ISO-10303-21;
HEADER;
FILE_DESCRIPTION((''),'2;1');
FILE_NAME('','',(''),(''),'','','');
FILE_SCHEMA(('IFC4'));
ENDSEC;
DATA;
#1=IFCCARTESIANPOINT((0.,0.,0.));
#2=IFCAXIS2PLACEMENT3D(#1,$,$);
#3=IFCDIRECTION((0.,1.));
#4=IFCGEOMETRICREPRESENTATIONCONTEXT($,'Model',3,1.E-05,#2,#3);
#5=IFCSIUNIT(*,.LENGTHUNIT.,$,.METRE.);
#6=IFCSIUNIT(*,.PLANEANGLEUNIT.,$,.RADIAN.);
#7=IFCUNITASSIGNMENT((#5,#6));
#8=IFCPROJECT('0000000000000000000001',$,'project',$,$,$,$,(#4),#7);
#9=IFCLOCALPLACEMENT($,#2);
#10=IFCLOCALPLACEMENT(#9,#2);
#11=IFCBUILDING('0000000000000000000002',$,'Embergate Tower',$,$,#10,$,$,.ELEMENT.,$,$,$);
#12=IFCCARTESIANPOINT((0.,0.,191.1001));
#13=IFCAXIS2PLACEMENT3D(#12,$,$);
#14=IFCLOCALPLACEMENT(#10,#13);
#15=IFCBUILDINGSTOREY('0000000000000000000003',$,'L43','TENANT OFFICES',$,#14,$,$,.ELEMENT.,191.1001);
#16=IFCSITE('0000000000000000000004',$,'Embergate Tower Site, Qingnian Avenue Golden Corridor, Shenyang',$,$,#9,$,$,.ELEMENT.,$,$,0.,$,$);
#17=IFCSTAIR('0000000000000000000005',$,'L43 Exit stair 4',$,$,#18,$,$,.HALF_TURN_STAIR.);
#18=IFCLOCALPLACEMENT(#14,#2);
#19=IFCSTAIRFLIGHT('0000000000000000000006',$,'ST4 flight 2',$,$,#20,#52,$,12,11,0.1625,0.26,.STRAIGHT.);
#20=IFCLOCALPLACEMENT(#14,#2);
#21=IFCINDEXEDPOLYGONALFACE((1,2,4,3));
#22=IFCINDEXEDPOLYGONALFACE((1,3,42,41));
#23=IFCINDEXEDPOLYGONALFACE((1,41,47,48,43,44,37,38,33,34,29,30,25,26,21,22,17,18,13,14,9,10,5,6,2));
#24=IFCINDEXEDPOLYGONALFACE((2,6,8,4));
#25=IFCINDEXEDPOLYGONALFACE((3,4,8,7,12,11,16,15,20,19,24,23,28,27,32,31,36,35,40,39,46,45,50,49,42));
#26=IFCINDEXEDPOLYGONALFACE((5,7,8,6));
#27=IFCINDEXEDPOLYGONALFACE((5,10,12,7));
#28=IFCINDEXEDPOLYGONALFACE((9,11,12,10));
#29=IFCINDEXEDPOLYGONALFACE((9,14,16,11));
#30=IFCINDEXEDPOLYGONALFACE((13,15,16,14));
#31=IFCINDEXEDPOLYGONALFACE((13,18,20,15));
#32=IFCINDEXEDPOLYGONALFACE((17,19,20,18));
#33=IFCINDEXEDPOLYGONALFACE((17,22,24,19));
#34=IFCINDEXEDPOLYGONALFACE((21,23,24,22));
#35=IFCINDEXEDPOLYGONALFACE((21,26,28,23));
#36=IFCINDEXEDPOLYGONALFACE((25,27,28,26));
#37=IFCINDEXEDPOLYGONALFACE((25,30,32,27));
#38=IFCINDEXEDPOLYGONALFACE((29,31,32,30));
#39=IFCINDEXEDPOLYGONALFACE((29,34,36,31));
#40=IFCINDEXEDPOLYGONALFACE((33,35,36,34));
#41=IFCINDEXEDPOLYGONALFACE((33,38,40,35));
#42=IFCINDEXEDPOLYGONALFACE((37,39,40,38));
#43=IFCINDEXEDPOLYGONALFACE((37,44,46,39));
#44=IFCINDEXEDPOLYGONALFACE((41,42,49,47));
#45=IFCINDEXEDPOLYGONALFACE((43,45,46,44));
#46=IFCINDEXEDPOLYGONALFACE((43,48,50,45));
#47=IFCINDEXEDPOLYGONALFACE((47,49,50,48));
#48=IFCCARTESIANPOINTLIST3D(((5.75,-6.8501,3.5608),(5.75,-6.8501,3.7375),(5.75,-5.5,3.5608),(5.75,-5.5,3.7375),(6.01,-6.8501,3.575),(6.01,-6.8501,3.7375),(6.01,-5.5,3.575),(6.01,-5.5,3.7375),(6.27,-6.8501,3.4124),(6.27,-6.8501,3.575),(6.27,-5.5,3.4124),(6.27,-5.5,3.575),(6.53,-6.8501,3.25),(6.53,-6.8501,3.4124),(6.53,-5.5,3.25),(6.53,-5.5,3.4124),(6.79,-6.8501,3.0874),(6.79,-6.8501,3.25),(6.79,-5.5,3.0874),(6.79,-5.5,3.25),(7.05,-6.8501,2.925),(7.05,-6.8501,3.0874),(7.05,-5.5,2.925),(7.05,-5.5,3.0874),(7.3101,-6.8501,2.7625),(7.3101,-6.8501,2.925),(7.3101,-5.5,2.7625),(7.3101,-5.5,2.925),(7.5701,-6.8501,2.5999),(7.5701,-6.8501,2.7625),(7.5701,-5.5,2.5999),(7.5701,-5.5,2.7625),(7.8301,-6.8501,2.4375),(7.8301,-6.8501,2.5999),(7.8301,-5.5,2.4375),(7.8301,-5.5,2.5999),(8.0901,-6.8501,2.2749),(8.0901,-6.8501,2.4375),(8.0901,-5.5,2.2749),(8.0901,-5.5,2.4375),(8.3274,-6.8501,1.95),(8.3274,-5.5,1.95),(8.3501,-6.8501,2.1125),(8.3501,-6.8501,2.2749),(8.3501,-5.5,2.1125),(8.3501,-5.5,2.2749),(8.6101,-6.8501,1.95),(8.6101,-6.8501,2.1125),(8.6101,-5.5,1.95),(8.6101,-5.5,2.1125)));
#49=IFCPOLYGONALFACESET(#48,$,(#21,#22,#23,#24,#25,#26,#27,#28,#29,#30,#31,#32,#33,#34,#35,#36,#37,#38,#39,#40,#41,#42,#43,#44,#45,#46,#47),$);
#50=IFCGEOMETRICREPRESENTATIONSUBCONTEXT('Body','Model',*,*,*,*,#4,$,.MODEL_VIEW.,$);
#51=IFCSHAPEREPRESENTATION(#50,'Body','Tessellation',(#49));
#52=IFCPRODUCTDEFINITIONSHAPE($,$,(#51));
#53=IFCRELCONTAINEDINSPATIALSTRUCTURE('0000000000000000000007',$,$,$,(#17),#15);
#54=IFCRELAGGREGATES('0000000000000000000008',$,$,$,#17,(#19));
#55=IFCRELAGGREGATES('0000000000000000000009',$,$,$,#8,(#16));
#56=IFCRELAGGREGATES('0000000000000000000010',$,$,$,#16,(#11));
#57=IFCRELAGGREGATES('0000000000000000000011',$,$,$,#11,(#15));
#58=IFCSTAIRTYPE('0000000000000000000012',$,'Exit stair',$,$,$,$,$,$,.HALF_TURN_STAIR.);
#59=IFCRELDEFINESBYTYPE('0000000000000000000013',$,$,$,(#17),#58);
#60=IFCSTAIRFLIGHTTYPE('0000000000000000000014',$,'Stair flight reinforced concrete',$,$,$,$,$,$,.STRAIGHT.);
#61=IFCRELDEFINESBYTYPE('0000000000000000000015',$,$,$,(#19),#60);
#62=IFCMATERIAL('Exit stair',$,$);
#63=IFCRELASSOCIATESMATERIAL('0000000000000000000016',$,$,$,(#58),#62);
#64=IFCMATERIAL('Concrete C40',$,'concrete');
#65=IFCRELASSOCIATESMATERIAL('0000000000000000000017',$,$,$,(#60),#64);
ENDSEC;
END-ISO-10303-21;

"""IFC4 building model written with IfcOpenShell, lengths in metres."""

from ifc_helpers import new_model, si_unit, direction, frame, origin, place, context, subcontext, project, spatial, polyline, outline, extrude, source, transform, mapped, material, type_object, element, aggregate, save


model = new_model("IFC4")

# Units and contexts
model_context = context("Model", 3, precision=1e-05, world=origin(), true_north=direction((0.0, 1.0)))
body_context = subcontext(model_context, "Body", "Model", "MODEL_VIEW")
ifc_project = project(units=[si_unit("LENGTHUNIT", "METRE"), si_unit("PLANEANGLEUNIT", "RADIAN")], contexts=[model_context])

# Site, building, storey
site_placement = place(None, origin())
site = spatial("IfcSite", under=ifc_project, at=site_placement, Name="Embergate Tower Site, Qingnian Avenue Golden Corridor, Shenyang", CompositionType="ELEMENT", RefElevation=0.0)
building_placement = place(site_placement, origin())
building = spatial("IfcBuilding", under=site, at=building_placement, Name="Embergate Tower", CompositionType="ELEMENT")
storey_placement = place(building_placement, frame((0.0, 0.0, 191.1001)))
storey = spatial("IfcBuildingStorey", under=building, at=storey_placement, Name="L43", Description="TENANT OFFICES", CompositionType="ELEMENT", Elevation=191.1001)

# Stair
ifc_material_1 = material(Name="Exit stair")
stair_type = type_object("IfcStairType", Name="Exit stair", PredefinedType="HALF_TURN_STAIR", material=ifc_material_1)
stair_placement = place(storey_placement, origin())
stair = element("IfcStair", 1, at=stair_placement, inside=storey, type_object=stair_type, Name="L43 Exit stair 4", PredefinedType="HALF_TURN_STAIR")
ifc_material_2 = material(Name="Concrete C40", Category="concrete")

# Stair flight
stair_flight_type = type_object("IfcStairFlightType", Name="Stair flight reinforced concrete", PredefinedType="STRAIGHT", material=ifc_material_2)
shared_shape_1 = source(origin(), body_context, "Body", "SweptSolid", [
    extrude(outline(polyline([(0.0, 0.0), (0.0, 0.1626), (0.26, 0.1626), (0.26, 0.325), (0.52, 0.325), (0.52, 0.4875), (0.78, 0.4875), (0.78, 0.6499), (1.04, 0.6499), (1.04, 0.8125), (1.3, 0.8125), (1.3, 0.9751), (1.5601, 0.9751), (1.5601, 1.1375), (1.8201, 1.1375), (1.8201, 1.3), (2.0801, 1.3), (2.0801, 1.4624), (2.3401, 1.4624), (2.3401, 1.625), (2.6001, 1.625), (2.6001, 1.7876), (2.8601, 1.7876), (2.8601, 1.95), (2.8601, 1.6108), (0.2827, 0.0), (0.0, 0.0)])), frame((0.0, 0.675, 0.0), z_axis=(0.0, -1.0, 0.0), x_axis=(1.0, 0.0, 0.0)), (0.0, 0.0, 1.0), 1.3501),
])
stair_flight_1_placement = place(storey_placement, frame((8.6101, -6.175, 1.95), z_axis=(0.0, 0.0, 1.0), x_axis=(-1.0, 0.0, 0.0)))
stair_flight_1 = element("IfcStairFlight", 2, at=stair_flight_1_placement, type_object=stair_flight_type, Name="ST4 flight 2", NumberOfRisers=12, NumberOfTreads=11, PredefinedType="STRAIGHT", RiserHeight=0.1625, TreadLength=0.26, context=body_context, shape_type="MappedRepresentation", body=[
    mapped(shared_shape_1, transform((0.0, 0.0, 0.0))),
])
aggregate(stair, [stair_flight_1])

save(model, "model.ifc")
